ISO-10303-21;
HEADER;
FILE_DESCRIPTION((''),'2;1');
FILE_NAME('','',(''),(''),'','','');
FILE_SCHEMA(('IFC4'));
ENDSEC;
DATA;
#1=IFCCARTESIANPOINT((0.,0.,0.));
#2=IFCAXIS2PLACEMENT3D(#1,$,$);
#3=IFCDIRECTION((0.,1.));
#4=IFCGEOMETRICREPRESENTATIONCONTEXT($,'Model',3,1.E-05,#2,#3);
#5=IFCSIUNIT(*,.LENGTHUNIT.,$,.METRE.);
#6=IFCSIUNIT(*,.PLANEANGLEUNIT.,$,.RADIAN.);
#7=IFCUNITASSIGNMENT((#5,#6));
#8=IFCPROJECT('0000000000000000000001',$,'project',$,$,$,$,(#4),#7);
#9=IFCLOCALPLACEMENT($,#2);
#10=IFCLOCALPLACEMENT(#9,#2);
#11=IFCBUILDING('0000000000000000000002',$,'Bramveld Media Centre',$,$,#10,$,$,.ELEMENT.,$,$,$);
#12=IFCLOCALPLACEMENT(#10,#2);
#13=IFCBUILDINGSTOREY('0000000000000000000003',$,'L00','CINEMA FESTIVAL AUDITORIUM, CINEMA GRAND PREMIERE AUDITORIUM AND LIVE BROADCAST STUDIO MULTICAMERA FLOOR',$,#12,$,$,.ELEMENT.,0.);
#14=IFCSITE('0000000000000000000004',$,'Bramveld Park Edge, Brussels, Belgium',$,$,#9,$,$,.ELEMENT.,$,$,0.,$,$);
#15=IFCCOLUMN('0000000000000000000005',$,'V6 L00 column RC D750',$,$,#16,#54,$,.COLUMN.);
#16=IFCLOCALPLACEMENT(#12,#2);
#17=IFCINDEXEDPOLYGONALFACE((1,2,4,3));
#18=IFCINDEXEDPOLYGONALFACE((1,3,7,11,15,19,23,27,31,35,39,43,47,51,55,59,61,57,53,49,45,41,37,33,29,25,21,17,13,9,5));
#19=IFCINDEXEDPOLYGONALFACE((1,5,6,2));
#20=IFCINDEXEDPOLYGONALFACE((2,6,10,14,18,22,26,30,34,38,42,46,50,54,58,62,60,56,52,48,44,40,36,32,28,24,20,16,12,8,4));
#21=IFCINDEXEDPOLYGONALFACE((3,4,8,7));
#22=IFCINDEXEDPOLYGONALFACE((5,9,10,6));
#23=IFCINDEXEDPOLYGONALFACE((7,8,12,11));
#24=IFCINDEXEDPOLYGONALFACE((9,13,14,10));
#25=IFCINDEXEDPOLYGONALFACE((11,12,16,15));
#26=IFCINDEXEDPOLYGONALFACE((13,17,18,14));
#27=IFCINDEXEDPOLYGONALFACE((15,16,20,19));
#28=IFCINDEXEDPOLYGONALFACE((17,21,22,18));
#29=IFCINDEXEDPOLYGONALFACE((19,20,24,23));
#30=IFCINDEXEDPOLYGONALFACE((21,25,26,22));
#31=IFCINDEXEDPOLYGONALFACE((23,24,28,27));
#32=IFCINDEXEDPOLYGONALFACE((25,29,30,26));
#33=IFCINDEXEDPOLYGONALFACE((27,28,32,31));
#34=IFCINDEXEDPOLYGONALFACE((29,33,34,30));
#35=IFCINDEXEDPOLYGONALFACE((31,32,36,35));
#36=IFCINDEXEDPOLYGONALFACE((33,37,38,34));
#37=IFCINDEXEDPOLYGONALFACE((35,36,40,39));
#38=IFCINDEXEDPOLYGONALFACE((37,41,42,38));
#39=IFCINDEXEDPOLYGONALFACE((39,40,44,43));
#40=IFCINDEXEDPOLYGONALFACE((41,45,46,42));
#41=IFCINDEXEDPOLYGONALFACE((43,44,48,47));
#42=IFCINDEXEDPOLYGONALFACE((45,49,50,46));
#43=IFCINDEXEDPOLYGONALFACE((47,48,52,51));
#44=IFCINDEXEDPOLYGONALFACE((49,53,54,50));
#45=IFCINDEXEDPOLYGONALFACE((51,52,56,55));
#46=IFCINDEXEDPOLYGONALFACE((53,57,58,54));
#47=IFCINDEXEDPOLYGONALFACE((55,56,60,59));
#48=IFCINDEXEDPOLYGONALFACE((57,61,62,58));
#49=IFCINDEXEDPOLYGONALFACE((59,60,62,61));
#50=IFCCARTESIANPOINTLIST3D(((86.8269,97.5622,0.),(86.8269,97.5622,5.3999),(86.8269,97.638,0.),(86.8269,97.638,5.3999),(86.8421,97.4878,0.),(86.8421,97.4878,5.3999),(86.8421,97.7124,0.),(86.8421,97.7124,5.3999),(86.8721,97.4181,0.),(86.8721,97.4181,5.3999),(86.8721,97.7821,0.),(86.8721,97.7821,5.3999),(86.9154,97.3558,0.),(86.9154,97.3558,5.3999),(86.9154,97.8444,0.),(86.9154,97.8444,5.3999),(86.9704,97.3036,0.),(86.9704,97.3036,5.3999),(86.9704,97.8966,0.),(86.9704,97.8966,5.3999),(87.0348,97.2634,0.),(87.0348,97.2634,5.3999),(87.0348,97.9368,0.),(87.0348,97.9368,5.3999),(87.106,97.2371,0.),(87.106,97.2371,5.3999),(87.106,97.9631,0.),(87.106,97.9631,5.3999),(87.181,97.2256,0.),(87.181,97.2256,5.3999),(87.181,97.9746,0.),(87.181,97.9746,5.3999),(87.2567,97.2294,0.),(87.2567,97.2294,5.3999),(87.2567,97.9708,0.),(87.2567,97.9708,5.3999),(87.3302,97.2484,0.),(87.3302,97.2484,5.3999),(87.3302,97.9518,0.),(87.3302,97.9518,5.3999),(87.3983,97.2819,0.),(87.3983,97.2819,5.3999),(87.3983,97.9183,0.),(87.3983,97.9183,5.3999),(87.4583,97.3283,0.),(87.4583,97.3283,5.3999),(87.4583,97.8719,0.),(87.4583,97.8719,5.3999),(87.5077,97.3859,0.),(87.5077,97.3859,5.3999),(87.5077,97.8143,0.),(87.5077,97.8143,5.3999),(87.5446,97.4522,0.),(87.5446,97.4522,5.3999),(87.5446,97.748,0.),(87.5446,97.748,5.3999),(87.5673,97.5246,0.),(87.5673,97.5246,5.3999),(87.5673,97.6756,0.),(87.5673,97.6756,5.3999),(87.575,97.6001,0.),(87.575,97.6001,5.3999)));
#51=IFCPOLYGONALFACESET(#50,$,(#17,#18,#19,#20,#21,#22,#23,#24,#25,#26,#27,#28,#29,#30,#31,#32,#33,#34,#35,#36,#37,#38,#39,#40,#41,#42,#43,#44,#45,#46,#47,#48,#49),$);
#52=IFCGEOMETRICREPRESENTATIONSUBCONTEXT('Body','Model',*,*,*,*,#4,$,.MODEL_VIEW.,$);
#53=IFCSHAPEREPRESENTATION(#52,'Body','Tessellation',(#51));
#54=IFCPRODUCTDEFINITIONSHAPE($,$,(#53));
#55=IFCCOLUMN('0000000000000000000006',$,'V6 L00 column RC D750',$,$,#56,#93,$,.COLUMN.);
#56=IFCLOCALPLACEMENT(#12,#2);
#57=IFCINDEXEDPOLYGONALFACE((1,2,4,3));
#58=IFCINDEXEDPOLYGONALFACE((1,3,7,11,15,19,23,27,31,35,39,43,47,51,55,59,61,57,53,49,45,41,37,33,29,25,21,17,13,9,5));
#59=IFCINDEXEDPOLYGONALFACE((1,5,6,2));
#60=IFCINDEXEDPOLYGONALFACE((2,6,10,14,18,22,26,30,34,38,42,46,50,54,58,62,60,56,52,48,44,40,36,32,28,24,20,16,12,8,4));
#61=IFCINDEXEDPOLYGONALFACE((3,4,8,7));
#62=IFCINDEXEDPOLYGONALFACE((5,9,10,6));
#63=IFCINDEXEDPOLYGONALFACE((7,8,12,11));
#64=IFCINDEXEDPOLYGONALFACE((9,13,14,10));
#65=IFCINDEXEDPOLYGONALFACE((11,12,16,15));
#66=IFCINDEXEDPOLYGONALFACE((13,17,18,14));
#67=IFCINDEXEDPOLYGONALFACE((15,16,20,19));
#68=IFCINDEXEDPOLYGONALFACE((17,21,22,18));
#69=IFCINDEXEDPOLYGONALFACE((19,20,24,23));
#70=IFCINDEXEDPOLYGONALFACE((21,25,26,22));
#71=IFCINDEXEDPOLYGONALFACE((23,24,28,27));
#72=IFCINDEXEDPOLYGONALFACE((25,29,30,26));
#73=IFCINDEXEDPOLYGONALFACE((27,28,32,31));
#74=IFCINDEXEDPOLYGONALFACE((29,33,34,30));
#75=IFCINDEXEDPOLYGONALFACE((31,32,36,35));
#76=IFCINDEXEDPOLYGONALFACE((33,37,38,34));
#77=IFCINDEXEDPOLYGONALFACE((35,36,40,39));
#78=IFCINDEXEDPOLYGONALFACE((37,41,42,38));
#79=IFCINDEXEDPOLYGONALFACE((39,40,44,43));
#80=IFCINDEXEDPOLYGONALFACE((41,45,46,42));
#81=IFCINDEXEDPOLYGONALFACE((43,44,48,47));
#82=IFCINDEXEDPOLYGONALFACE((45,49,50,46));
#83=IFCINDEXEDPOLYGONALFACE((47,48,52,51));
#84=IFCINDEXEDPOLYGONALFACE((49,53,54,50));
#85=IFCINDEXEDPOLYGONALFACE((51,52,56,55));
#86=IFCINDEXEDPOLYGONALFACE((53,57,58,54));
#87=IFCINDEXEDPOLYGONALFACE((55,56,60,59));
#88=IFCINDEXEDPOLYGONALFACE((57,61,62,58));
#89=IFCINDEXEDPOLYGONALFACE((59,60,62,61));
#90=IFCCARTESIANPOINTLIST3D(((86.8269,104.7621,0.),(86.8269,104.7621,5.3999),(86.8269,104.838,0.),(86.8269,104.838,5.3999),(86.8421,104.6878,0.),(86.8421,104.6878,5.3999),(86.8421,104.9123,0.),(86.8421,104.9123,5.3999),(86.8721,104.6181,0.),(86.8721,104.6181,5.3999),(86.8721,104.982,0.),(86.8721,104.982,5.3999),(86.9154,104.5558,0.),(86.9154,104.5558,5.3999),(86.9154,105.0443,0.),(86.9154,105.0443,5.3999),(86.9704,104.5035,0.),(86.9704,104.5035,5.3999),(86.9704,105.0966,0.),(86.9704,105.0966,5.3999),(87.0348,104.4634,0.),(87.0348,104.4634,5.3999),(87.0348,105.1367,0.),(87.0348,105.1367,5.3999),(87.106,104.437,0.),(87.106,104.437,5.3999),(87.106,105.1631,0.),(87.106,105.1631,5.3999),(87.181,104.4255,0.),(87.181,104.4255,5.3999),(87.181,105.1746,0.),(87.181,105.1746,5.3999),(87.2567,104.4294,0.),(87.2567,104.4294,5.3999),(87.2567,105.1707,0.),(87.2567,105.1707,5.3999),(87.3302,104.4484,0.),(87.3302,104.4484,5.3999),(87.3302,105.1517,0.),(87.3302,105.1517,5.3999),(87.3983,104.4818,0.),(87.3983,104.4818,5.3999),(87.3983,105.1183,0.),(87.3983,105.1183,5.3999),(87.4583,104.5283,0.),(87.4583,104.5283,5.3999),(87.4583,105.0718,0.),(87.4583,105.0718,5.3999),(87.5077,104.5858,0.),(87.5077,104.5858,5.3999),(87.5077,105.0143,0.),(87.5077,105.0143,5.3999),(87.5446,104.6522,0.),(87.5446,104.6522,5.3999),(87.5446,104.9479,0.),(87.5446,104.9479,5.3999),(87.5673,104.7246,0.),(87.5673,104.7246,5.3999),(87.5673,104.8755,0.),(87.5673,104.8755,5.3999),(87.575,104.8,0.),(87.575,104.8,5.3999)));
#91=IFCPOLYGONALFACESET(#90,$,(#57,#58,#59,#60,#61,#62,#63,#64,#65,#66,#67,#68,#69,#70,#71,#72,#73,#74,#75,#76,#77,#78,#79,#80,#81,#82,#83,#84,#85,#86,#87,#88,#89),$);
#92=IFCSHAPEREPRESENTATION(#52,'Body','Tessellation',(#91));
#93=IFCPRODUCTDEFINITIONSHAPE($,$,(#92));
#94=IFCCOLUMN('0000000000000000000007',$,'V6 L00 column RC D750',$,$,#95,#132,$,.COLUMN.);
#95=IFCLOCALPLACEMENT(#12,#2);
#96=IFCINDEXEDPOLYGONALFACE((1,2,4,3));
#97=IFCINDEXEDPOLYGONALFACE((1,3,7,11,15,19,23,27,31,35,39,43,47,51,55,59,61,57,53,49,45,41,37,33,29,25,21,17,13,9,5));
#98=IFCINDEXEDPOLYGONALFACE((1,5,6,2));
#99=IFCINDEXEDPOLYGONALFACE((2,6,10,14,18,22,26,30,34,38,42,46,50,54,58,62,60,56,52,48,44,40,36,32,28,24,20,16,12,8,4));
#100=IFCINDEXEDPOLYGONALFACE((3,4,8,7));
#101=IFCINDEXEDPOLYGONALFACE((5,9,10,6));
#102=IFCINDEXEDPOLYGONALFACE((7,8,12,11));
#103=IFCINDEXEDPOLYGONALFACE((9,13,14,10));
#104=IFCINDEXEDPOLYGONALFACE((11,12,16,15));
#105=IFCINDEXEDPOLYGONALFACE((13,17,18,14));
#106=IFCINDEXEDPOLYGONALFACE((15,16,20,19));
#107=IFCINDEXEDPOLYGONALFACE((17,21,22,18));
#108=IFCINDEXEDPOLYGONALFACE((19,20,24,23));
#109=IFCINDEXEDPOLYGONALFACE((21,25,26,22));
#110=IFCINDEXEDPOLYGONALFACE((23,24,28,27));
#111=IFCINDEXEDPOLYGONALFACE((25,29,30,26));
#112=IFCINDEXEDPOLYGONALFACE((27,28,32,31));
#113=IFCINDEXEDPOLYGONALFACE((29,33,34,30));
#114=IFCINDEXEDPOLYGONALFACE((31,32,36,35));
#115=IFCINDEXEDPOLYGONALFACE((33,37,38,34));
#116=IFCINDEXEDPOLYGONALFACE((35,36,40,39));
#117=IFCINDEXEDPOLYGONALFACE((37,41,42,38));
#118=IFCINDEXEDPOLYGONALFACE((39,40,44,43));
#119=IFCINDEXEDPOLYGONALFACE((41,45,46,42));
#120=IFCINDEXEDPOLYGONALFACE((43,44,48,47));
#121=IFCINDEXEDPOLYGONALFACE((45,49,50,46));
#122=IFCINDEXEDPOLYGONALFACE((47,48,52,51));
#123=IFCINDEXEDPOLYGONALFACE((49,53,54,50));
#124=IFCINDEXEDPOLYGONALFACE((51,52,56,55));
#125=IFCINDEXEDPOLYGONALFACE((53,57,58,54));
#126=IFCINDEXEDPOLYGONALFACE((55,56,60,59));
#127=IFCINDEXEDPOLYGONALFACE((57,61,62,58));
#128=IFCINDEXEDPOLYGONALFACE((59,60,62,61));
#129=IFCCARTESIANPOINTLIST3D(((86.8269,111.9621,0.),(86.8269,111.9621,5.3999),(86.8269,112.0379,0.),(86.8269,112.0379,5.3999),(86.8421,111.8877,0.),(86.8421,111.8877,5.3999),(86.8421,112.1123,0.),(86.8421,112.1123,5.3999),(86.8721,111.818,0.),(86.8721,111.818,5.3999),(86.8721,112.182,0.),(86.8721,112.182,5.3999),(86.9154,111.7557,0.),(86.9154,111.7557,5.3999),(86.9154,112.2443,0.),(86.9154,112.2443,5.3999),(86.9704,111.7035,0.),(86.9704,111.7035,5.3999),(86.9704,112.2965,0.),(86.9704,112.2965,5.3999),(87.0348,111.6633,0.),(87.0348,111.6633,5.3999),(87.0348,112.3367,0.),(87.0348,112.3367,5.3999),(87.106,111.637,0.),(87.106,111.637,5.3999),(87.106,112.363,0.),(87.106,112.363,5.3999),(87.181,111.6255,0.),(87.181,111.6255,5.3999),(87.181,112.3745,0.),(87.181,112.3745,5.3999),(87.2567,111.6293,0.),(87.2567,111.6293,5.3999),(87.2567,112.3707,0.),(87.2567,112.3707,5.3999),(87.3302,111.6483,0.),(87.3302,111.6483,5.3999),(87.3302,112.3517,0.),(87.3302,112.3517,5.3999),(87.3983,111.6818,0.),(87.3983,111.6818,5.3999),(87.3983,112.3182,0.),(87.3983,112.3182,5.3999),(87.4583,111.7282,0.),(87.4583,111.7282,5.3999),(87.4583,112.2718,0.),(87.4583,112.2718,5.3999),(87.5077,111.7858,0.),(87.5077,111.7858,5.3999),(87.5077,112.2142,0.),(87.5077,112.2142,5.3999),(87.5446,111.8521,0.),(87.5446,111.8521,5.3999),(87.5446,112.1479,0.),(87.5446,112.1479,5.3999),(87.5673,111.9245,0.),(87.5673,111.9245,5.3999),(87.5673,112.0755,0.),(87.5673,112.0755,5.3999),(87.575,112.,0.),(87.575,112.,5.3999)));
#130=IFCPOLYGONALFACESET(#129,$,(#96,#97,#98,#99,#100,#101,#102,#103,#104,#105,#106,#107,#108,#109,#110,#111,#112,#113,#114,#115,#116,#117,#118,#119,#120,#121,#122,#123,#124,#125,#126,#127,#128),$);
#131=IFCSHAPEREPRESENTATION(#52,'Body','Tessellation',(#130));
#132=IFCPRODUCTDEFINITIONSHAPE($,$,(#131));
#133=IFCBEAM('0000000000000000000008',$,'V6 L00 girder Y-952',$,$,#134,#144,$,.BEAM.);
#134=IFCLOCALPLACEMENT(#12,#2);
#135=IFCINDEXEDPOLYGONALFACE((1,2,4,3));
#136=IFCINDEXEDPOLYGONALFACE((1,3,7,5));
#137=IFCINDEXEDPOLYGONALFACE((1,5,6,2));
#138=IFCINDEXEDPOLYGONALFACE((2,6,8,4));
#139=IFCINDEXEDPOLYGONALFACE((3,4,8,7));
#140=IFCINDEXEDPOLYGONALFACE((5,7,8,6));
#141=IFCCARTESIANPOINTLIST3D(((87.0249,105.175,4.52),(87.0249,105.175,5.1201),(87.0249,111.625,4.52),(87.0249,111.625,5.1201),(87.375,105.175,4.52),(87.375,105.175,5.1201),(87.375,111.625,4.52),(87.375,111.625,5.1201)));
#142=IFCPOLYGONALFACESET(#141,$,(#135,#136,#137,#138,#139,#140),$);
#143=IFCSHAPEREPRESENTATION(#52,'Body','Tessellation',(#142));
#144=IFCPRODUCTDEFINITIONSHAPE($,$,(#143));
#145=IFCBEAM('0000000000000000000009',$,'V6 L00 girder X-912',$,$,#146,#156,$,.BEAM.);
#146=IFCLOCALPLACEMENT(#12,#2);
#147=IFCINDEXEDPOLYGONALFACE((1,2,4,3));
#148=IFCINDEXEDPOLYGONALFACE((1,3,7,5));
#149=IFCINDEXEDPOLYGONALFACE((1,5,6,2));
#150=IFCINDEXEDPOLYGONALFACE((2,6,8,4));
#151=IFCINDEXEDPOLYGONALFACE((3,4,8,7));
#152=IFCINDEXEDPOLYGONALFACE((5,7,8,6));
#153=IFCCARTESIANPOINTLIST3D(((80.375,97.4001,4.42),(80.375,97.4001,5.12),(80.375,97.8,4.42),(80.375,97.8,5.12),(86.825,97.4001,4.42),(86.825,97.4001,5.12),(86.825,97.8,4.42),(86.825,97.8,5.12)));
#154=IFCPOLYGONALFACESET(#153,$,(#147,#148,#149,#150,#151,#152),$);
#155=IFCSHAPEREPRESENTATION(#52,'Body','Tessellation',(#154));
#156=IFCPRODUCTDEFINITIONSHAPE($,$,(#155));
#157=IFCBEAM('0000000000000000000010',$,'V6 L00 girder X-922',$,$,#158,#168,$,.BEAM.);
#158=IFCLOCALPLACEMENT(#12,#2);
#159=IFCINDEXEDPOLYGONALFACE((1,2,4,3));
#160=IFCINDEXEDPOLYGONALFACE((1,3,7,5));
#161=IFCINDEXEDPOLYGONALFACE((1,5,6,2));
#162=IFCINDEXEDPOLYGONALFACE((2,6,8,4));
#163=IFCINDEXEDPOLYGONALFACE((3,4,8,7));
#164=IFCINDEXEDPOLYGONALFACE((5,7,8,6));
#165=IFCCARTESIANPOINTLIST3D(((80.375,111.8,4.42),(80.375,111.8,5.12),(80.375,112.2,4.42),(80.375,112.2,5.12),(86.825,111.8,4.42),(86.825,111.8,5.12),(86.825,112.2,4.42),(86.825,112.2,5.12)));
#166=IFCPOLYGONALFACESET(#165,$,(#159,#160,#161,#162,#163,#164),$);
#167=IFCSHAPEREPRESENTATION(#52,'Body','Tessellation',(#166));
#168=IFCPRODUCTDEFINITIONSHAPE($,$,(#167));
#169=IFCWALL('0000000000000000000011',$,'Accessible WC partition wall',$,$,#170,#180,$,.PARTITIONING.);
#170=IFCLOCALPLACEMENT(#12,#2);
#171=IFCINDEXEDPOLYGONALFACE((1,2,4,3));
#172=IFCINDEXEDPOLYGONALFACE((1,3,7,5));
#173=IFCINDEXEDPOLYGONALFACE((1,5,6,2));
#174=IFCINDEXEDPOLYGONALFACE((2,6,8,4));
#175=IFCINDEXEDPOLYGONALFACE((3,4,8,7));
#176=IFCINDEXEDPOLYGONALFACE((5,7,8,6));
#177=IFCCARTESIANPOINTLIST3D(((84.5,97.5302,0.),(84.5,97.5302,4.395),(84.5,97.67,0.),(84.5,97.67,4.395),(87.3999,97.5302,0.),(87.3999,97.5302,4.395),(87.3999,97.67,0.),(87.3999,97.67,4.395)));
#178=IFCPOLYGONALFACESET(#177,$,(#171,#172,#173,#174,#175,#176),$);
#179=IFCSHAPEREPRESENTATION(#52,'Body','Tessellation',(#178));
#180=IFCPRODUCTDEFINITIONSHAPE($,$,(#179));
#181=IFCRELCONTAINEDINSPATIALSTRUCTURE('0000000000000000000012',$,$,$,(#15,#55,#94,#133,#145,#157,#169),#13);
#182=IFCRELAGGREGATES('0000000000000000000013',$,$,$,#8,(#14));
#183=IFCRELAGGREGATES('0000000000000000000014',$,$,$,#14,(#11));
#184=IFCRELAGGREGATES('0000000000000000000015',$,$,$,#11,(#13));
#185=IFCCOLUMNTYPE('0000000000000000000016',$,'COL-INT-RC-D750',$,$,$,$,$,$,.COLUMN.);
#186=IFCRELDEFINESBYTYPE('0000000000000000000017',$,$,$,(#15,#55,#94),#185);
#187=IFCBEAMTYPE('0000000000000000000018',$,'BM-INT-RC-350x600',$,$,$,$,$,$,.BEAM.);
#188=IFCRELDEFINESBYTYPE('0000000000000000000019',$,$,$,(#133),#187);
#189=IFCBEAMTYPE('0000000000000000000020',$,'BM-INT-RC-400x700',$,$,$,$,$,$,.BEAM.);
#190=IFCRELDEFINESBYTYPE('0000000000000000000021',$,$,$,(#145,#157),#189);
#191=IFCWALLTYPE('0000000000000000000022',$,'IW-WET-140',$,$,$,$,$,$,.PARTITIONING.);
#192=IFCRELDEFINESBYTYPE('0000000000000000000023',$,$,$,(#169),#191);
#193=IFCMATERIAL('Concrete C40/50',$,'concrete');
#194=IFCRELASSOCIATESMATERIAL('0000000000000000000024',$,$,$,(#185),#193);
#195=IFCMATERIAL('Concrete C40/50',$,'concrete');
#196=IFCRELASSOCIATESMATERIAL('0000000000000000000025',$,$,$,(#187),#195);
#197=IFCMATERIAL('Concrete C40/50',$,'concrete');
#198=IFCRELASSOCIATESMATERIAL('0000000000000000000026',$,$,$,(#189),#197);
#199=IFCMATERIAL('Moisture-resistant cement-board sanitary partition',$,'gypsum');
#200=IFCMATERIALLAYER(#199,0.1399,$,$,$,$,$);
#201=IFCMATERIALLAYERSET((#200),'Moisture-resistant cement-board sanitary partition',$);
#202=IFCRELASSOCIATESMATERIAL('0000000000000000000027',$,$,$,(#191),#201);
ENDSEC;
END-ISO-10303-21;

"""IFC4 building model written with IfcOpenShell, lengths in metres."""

from ifc_helpers import new_model, si_unit, direction, frame, frame_2d, origin, origin_2d, place, context, subcontext, project, spatial, rectangle, circle, extrude, material, layer, layer_set, material_profile, profile_set, type_object, element, save


model = new_model("IFC4")

# Units and contexts
model_context = context("Model", 3, precision=1e-05, world=origin(), true_north=direction((0.0, 1.0)))
body_context = subcontext(model_context, "Body", "Model", "MODEL_VIEW")
ifc_project = project(units=[si_unit("LENGTHUNIT", "METRE"), si_unit("PLANEANGLEUNIT", "RADIAN")], contexts=[model_context])

# Site, building, storey
site_placement = place(None, origin())
site = spatial("IfcSite", under=ifc_project, at=site_placement, Name="Bramveld Park Edge, Brussels, Belgium", CompositionType="ELEMENT", RefElevation=0.0)
building_placement = place(site_placement, origin())
building = spatial("IfcBuilding", under=site, at=building_placement, Name="Bramveld Media Centre", CompositionType="ELEMENT")
storey_placement = place(building_placement, origin())
storey = spatial("IfcBuildingStorey", under=building, at=storey_placement, Name="L00", Description="CINEMA FESTIVAL AUDITORIUM, CINEMA GRAND PREMIERE AUDITORIUM AND LIVE BROADCAST STUDIO MULTICAMERA FLOOR", CompositionType="ELEMENT", Elevation=0.0)

# Columns
ifc_material_1 = material(Name="Concrete C40/50", Category="concrete")
ifc_material_profile_1 = material_profile(ifc_material_1, circle(Radius=0.375, at=origin_2d()), Name="RC D750")
ifc_profile_set_1 = profile_set([ifc_material_profile_1], Name="Concrete C40/50")
column_type = type_object("IfcColumnType", Name="COL-INT-RC-D750", PredefinedType="COLUMN", material=ifc_profile_set_1)
for number, where, z_axis, x_axis, name in (
    (1, (87.2, 97.6001, 0.0), (0.0, 0.0, 1.0), (1.0, 0.0, 0.0), "V6 L00 column RC D750"),
    (2, (87.2, 104.8, 0.0), (0.0, 0.0, 1.0), (1.0, 0.0, 0.0), "V6 L00 column RC D750"),
    (3, (87.2, 112.0, 0.0), (0.0, 0.0, 1.0), (1.0, 0.0, 0.0), "V6 L00 column RC D750"),
):
    element("IfcColumn", number, at=place(storey_placement, frame(where, z_axis=z_axis, x_axis=x_axis)), inside=storey, type_object=column_type, Name=name, PredefinedType="COLUMN", context=body_context, shape_type="SweptSolid", body=[
        extrude(circle(Radius=0.375, at=origin_2d()), origin(), (0.0, 0.0, 1.0), 5.3999),
    ])

# Beams
ifc_material_2 = material(Name="Concrete C40/50", Category="concrete")
ifc_material_profile_2 = material_profile(ifc_material_2, rectangle(XDim=0.3501, YDim=0.6001, at=origin_2d()), Name="RC 350x600")
ifc_profile_set_2 = profile_set([ifc_material_profile_2], Name="Concrete C40/50")
beam_type_1 = type_object("IfcBeamType", Name="BM-INT-RC-350x600", PredefinedType="BEAM", material=ifc_profile_set_2)
beam_placement = place(storey_placement, frame((87.2, 105.175, 4.8201), z_axis=(0.0, 1.0, 0.0), x_axis=(-1.0, 0.0, 0.0)))
element("IfcBeam", 4, at=beam_placement, inside=storey, type_object=beam_type_1, Name="V6 L00 girder Y-952", PredefinedType="BEAM", context=body_context, shape_type="SweptSolid", body=[
    extrude(rectangle(XDim=0.3501, YDim=0.6001, at=origin_2d()), origin(), (0.0, 0.0, 1.0), 6.45),
])
ifc_material_3 = material(Name="Concrete C40/50", Category="concrete")
ifc_material_profile_3 = material_profile(ifc_material_3, rectangle(XDim=0.3999, YDim=0.7, at=origin_2d()), Name="RC 400x700")
ifc_profile_set_3 = profile_set([ifc_material_profile_3], Name="Concrete C40/50")
beam_type_2 = type_object("IfcBeamType", Name="BM-INT-RC-400x700", PredefinedType="BEAM", material=ifc_profile_set_3)
for number, where, z_axis, x_axis, name in (
    (5, (80.375, 97.6001, 4.77), (1.0, 0.0, 0.0), (0.0, 1.0, 0.0), "V6 L00 girder X-912"),
    (6, (80.375, 112.0, 4.77), (1.0, 0.0, 0.0), (0.0, 1.0, 0.0), "V6 L00 girder X-922"),
):
    element("IfcBeam", number, at=place(storey_placement, frame(where, z_axis=z_axis, x_axis=x_axis)), inside=storey, type_object=beam_type_2, Name=name, PredefinedType="BEAM", context=body_context, shape_type="SweptSolid", body=[
        extrude(rectangle(XDim=0.3999, YDim=0.7, at=origin_2d()), origin(), (0.0, 0.0, 1.0), 6.45),
    ])

# Wall
ifc_material_4 = material(Name="Moisture-resistant cement-board sanitary partition", Category="gypsum")
ifc_layer = layer(ifc_material_4, 0.1399)
ifc_layer_set = layer_set([ifc_layer], Name="Moisture-resistant cement-board sanitary partition")
wall_type = type_object("IfcWallType", Name="IW-WET-140", PredefinedType="PARTITIONING", material=ifc_layer_set)
wall_1_placement = place(storey_placement, frame((84.5, 97.6001, 0.0), z_axis=(0.0, 0.0, 1.0), x_axis=(1.0, 0.0, 0.0)))
element("IfcWall", 7, at=wall_1_placement, inside=storey, type_object=wall_type, Name="Accessible WC partition wall", PredefinedType="PARTITIONING", context=body_context, shape_type="SweptSolid", body=[
    extrude(rectangle(XDim=2.8999, YDim=0.1399, at=frame_2d((1.45, 0.0))), origin(), (0.0, 0.0, 1.0), 4.395),
])

save(model, "model.ifc")
